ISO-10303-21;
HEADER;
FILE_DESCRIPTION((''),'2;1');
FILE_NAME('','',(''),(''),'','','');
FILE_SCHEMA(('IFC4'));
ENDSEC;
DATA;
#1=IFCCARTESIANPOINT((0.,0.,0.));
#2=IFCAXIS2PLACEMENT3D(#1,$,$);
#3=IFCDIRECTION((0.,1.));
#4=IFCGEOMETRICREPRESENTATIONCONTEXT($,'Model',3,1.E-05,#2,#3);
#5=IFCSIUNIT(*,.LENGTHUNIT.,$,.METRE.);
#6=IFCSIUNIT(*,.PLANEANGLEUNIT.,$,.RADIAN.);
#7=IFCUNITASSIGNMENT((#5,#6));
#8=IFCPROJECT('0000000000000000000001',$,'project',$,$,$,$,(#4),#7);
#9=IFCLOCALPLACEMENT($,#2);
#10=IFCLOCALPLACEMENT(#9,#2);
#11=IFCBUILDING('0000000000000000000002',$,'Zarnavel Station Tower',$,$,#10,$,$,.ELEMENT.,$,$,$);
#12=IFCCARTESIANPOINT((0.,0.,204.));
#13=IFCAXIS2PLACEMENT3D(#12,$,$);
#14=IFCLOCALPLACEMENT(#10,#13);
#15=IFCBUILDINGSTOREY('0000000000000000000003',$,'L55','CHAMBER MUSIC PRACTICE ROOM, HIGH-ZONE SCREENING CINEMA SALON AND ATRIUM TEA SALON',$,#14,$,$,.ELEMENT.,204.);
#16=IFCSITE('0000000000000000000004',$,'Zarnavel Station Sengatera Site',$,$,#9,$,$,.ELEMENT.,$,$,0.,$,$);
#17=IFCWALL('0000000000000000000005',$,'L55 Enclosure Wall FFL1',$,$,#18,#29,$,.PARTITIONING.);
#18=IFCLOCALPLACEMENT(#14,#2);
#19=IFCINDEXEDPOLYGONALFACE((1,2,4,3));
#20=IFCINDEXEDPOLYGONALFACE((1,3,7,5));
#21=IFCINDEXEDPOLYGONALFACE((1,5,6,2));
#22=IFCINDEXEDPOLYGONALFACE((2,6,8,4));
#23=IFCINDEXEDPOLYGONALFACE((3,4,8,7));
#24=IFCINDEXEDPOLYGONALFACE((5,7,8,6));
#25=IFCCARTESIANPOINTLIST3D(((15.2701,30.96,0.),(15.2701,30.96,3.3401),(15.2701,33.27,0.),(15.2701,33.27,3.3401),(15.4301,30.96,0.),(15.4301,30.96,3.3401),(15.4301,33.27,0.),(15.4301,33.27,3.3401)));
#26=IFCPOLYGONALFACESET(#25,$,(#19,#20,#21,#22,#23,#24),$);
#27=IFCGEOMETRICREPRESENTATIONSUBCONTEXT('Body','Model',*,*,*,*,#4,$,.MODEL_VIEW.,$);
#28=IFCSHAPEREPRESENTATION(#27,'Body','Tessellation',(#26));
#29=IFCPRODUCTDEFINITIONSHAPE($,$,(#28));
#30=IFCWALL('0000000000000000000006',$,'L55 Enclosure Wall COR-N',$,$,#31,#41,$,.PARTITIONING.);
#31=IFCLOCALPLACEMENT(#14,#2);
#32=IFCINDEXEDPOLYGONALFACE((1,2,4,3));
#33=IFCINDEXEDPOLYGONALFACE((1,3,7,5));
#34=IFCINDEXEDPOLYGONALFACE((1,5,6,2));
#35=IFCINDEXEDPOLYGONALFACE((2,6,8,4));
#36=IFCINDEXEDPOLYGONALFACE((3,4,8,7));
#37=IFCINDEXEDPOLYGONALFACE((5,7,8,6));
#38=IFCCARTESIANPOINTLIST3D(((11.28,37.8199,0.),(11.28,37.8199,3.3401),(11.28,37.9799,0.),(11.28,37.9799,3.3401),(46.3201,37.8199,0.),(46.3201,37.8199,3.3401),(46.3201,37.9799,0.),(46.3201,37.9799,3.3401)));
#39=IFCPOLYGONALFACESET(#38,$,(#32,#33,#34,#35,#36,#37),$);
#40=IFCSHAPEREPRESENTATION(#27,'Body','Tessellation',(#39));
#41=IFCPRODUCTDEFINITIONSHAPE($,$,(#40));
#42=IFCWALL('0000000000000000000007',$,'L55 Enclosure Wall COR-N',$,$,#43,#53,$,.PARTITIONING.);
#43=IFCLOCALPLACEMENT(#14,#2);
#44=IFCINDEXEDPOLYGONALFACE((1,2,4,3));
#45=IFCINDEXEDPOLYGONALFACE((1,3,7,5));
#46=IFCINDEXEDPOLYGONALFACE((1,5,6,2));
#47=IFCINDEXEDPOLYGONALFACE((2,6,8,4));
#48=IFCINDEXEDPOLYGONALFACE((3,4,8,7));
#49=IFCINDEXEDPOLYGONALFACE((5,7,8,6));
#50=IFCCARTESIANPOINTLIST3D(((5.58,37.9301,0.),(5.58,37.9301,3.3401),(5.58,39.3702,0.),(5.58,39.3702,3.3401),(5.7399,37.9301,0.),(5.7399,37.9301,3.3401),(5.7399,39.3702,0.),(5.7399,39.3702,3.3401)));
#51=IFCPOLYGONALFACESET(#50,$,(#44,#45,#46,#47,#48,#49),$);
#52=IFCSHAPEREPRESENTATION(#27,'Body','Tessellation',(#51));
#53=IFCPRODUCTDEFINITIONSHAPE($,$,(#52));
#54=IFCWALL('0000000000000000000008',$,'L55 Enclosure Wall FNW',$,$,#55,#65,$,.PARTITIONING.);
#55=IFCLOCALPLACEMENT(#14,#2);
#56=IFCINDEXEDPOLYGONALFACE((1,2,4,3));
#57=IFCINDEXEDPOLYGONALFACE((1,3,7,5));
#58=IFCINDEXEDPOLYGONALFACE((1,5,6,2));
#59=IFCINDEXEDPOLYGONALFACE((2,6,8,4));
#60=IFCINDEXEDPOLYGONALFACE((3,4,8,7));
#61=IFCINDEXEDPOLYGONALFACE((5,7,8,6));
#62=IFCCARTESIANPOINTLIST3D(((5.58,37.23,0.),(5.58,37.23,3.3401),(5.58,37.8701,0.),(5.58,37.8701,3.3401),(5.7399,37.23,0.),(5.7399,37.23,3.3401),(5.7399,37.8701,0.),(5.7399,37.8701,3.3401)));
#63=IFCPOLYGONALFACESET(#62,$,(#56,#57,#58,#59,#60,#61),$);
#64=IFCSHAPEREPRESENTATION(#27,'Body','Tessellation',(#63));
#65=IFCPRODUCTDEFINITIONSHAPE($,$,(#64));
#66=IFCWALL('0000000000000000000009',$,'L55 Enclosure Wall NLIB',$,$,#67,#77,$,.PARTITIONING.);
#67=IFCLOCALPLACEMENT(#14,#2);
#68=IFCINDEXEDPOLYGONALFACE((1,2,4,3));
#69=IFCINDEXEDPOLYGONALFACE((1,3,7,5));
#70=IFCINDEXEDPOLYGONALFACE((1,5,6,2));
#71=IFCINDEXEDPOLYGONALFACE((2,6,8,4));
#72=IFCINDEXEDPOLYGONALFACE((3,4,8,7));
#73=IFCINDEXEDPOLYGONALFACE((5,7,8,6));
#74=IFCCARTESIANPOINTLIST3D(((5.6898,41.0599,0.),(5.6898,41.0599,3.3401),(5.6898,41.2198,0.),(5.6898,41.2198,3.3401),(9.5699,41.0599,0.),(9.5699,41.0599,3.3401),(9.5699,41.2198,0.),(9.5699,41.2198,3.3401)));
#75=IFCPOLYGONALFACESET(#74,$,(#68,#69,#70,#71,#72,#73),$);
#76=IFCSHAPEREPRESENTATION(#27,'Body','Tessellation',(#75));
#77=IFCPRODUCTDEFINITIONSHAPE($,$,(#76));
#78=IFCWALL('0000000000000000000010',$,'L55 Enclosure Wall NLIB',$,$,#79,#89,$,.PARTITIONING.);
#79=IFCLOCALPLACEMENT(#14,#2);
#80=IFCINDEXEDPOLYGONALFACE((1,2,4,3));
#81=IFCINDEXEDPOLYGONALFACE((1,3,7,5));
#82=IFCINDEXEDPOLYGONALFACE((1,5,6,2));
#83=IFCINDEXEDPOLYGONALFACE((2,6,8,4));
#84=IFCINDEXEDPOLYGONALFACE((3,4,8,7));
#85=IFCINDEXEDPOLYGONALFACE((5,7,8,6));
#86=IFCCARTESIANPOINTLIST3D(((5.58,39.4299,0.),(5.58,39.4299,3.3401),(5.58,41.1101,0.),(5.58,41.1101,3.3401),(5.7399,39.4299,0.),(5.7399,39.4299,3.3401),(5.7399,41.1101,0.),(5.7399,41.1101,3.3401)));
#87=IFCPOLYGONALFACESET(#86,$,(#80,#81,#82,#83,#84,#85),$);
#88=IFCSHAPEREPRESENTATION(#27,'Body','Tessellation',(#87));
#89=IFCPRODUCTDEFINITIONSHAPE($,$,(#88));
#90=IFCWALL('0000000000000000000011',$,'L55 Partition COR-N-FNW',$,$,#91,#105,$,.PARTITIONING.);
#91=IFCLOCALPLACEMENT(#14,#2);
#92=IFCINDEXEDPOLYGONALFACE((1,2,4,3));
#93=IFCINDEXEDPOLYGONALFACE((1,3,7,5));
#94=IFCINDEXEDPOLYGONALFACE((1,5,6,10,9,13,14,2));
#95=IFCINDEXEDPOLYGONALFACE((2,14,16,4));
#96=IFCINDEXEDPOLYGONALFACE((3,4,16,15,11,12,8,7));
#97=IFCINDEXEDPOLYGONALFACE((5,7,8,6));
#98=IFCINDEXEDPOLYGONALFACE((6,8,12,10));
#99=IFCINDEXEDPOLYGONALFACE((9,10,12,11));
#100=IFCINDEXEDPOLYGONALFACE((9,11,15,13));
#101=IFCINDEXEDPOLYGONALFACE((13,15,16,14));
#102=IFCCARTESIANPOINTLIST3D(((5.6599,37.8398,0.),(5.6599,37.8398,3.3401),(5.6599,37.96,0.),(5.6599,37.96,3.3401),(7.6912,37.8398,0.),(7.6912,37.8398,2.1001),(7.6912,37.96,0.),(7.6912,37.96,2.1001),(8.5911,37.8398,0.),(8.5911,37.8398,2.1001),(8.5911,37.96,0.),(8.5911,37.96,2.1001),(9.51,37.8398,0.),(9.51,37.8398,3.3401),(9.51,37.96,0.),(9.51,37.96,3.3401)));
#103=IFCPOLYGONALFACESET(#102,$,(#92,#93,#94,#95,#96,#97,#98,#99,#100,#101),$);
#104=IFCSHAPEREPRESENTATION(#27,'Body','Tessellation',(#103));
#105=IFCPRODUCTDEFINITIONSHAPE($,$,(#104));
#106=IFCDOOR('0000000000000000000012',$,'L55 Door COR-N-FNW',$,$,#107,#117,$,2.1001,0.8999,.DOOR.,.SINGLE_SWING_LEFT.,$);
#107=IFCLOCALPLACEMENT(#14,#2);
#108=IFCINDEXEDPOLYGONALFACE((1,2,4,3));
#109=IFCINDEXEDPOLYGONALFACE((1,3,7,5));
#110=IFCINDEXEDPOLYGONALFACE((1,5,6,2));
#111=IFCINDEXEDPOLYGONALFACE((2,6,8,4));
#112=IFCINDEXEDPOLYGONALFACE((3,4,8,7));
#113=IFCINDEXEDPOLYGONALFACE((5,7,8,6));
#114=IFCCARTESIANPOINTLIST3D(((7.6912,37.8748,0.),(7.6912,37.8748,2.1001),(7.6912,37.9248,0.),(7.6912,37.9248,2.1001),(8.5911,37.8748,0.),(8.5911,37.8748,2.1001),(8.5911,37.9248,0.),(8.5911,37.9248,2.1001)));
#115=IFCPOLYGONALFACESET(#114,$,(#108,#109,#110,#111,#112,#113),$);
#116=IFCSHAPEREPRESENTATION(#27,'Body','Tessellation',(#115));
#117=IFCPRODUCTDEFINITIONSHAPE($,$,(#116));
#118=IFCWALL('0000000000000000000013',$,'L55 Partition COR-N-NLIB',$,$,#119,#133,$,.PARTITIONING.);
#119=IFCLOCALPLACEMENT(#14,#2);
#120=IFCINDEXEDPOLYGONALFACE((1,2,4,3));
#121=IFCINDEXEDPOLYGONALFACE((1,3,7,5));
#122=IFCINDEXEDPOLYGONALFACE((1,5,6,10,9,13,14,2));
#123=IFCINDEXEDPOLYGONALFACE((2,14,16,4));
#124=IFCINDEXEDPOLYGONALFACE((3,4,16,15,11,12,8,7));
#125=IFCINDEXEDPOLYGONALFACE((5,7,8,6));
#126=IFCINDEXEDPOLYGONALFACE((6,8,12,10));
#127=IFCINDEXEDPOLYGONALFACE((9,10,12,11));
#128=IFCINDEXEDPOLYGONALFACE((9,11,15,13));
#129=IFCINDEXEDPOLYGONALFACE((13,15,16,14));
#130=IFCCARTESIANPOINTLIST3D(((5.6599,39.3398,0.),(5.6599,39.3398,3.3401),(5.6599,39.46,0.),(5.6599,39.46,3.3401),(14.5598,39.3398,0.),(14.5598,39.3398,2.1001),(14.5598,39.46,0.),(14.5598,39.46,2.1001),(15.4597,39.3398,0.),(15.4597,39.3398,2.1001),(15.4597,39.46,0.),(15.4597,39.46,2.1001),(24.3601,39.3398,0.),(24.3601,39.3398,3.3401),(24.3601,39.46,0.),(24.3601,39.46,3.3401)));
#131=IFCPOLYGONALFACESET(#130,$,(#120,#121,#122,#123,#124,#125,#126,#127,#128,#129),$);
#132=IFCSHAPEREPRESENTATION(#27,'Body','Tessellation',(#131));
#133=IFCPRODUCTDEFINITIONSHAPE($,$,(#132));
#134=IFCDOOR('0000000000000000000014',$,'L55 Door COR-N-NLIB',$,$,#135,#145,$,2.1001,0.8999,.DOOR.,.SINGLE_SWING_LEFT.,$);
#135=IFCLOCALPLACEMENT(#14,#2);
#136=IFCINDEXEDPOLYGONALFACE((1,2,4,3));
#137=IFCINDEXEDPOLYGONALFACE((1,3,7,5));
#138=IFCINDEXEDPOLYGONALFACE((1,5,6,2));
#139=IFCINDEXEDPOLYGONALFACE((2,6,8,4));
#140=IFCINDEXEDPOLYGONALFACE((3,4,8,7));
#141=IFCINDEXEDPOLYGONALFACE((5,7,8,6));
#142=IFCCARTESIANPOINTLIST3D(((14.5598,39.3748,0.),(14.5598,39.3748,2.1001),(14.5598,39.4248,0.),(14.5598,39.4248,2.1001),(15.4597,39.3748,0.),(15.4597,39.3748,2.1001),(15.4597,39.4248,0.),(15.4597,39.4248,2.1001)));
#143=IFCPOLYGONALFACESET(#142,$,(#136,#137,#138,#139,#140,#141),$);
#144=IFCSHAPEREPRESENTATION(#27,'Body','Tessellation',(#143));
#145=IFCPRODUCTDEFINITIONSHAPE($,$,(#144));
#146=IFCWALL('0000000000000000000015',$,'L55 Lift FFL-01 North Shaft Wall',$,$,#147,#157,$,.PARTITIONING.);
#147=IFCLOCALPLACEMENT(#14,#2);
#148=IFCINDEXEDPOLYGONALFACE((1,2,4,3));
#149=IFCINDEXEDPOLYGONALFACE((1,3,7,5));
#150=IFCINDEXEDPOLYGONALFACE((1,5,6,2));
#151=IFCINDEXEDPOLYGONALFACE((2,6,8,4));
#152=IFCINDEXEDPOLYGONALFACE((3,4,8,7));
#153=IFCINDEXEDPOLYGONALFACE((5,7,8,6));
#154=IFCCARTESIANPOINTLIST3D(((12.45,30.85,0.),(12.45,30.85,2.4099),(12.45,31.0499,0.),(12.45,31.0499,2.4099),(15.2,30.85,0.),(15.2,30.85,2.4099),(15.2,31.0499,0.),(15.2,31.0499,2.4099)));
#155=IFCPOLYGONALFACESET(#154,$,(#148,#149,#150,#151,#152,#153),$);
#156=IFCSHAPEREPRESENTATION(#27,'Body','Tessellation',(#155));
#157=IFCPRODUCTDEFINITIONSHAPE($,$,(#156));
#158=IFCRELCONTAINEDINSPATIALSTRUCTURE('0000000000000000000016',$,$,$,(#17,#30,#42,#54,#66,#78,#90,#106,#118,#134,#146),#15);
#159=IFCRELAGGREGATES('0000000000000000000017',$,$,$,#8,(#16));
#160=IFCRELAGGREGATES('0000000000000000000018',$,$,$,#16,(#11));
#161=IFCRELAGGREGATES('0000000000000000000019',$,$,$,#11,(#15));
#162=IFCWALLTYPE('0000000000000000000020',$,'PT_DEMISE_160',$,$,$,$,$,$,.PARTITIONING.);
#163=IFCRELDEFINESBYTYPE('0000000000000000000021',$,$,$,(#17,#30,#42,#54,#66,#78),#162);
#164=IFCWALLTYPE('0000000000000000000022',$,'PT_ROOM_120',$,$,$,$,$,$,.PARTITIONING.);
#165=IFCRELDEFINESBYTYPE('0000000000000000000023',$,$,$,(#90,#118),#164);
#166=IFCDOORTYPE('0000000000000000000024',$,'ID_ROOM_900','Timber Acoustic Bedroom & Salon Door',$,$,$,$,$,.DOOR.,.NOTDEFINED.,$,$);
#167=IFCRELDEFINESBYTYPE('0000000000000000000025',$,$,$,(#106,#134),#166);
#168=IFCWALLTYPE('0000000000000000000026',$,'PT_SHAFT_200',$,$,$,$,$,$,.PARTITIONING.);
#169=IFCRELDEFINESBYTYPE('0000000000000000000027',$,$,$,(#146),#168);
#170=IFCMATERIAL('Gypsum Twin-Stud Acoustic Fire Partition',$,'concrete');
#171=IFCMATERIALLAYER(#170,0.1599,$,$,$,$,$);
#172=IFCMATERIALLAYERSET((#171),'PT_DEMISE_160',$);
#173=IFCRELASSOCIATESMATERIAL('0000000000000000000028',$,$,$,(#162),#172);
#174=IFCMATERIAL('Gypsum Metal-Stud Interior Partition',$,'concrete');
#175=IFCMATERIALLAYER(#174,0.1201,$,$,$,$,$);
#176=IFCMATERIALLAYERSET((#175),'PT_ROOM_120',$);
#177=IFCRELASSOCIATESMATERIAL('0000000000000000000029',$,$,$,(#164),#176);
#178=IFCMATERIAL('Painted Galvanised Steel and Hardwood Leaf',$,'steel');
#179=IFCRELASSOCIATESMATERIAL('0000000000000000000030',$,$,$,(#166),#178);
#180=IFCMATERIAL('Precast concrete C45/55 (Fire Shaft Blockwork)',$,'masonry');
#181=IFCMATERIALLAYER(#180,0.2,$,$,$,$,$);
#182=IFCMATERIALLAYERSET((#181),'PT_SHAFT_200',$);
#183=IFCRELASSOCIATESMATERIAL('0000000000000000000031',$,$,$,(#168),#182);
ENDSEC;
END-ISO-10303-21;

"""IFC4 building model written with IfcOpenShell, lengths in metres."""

from ifc_helpers import new_model, si_unit, direction, frame, frame_2d, origin, place, context, subcontext, project, spatial, rectangle, extrude, material, layer, layer_set, type_object, element, fill, save


model = new_model("IFC4")

# Units and contexts
model_context = context("Model", 3, precision=1e-05, world=origin(), true_north=direction((0.0, 1.0)))
body_context = subcontext(model_context, "Body", "Model", "MODEL_VIEW")
ifc_project = project(units=[si_unit("LENGTHUNIT", "METRE"), si_unit("PLANEANGLEUNIT", "RADIAN")], contexts=[model_context])

# Site, building, storey
site_placement = place(None, origin())
site = spatial("IfcSite", under=ifc_project, at=site_placement, Name="Zarnavel Station Sengatera Site", CompositionType="ELEMENT", RefElevation=0.0)
building_placement = place(site_placement, origin())
building = spatial("IfcBuilding", under=site, at=building_placement, Name="Zarnavel Station Tower", CompositionType="ELEMENT")
storey_placement = place(building_placement, frame((0.0, 0.0, 204.0)))
storey = spatial("IfcBuildingStorey", under=building, at=storey_placement, Name="L55", Description="CHAMBER MUSIC PRACTICE ROOM, HIGH-ZONE SCREENING CINEMA SALON AND ATRIUM TEA SALON", CompositionType="ELEMENT", Elevation=204.0)

# Walls
ifc_material_1 = material(Name="Gypsum Twin-Stud Acoustic Fire Partition", Category="concrete")
ifc_layer_1 = layer(ifc_material_1, 0.1599)
ifc_layer_set_1 = layer_set([ifc_layer_1], Name="PT_DEMISE_160")
wall_type_1 = type_object("IfcWallType", Name="PT_DEMISE_160", PredefinedType="PARTITIONING", material=ifc_layer_set_1)
wall_1_placement = place(storey_placement, frame((15.3501, 30.96, 0.0), z_axis=(0.0, 0.0, 1.0), x_axis=(0.0, 1.0, 0.0)))
element("IfcWall", 1, at=wall_1_placement, inside=storey, type_object=wall_type_1, Name="L55 Enclosure Wall FFL1", PredefinedType="PARTITIONING", context=body_context, shape_type="SweptSolid", body=[
    extrude(rectangle(XDim=2.3101, YDim=0.1599, at=frame_2d((1.155, 0.0))), origin(), (0.0, 0.0, 1.0), 3.3401),
])
wall_2_placement = place(storey_placement, frame((11.28, 37.8999, 0.0), z_axis=(0.0, 0.0, 1.0), x_axis=(1.0, 0.0, 0.0)))
element("IfcWall", 2, at=wall_2_placement, inside=storey, type_object=wall_type_1, Name="L55 Enclosure Wall COR-N", PredefinedType="PARTITIONING", context=body_context, shape_type="SweptSolid", body=[
    extrude(rectangle(XDim=35.04, YDim=0.1599, at=frame_2d((17.52, 0.0))), origin(), (0.0, 0.0, 1.0), 3.3401),
])
wall_3_placement = place(storey_placement, frame((5.6599, 37.9299, 0.0), z_axis=(0.0, 0.0, 1.0), x_axis=(0.0, 1.0, 0.0)))
element("IfcWall", 3, at=wall_3_placement, inside=storey, type_object=wall_type_1, Name="L55 Enclosure Wall COR-N", PredefinedType="PARTITIONING", context=body_context, shape_type="SweptSolid", body=[
    extrude(rectangle(XDim=1.4402, YDim=0.1599, at=frame_2d((0.7202, 0.0))), origin(), (0.0, 0.0, 1.0), 3.3401),
])
wall_4_placement = place(storey_placement, frame((5.6599, 37.23, 0.0), z_axis=(0.0, 0.0, 1.0), x_axis=(0.0, 1.0, 0.0)))
element("IfcWall", 4, at=wall_4_placement, inside=storey, type_object=wall_type_1, Name="L55 Enclosure Wall FNW", PredefinedType="PARTITIONING", context=body_context, shape_type="SweptSolid", body=[
    extrude(rectangle(XDim=0.6401, YDim=0.1599, at=frame_2d((0.3201, 0.0))), origin(), (0.0, 0.0, 1.0), 3.3401),
])
wall_5_placement = place(storey_placement, frame((5.6899, 41.1399, 0.0), z_axis=(0.0, 0.0, 1.0), x_axis=(1.0, 0.0, 0.0)))
element("IfcWall", 5, at=wall_5_placement, inside=storey, type_object=wall_type_1, Name="L55 Enclosure Wall NLIB", PredefinedType="PARTITIONING", context=body_context, shape_type="SweptSolid", body=[
    extrude(rectangle(XDim=3.8801, YDim=0.1599, at=frame_2d((1.9399, 0.0))), origin(), (0.0, 0.0, 1.0), 3.3401),
])
wall_6_placement = place(storey_placement, frame((5.6599, 39.4299, 0.0), z_axis=(0.0, 0.0, 1.0), x_axis=(0.0, 1.0, 0.0)))
element("IfcWall", 6, at=wall_6_placement, inside=storey, type_object=wall_type_1, Name="L55 Enclosure Wall NLIB", PredefinedType="PARTITIONING", context=body_context, shape_type="SweptSolid", body=[
    extrude(rectangle(XDim=1.6802, YDim=0.1599, at=frame_2d((0.8401, 0.0))), origin(), (0.0, 0.0, 1.0), 3.3401),
])

# Walls, openings, doors
ifc_material_2 = material(Name="Gypsum Metal-Stud Interior Partition", Category="concrete")
ifc_layer_2 = layer(ifc_material_2, 0.1201)
ifc_layer_set_2 = layer_set([ifc_layer_2], Name="PT_ROOM_120")
wall_type_2 = type_object("IfcWallType", Name="PT_ROOM_120", PredefinedType="PARTITIONING", material=ifc_layer_set_2)
wall_7_placement = place(storey_placement, frame((5.6599, 37.8999, 0.0), z_axis=(0.0, 0.0, 1.0), x_axis=(1.0, 0.0, 0.0)))
wall_7 = element("IfcWall", 7, at=wall_7_placement, inside=storey, type_object=wall_type_2, Name="L55 Partition COR-N-FNW", PredefinedType="PARTITIONING", context=body_context, shape_type="SweptSolid", body=[
    extrude(rectangle(XDim=3.8501, YDim=0.1201, at=frame_2d((1.925, 0.0))), origin(), (0.0, 0.0, 1.0), 3.3401),
])
opening_1_placement = place(wall_7_placement, frame((2.0312, 0.0, 0.0)))
opening_1 = element("IfcOpeningElement", 8, at=opening_1_placement, cuts=wall_7, PredefinedType="OPENING", context=body_context, shape_type="SweptSolid", body=[
    extrude(rectangle(XDim=0.8999, YDim=2.1001, at=frame_2d((0.45, 1.05))), frame((0.0, 0.0701, 0.0), z_axis=(0.0, -1.0, 0.0), x_axis=(1.0, 0.0, 0.0)), (0.0, 0.0, 1.0), 0.1401),
])
ifc_material_3 = material(Name="Painted Galvanised Steel and Hardwood Leaf", Category="steel")
door_type = type_object("IfcDoorType", Name="ID_ROOM_900", Description="Timber Acoustic Bedroom & Salon Door", OperationType="NOTDEFINED", PredefinedType="DOOR", material=ifc_material_3)
door_1_placement = place(opening_1_placement, origin())
door_1 = element("IfcDoor", 9, at=door_1_placement, inside=storey, type_object=door_type, Name="L55 Door COR-N-FNW", OperationType="SINGLE_SWING_LEFT", OverallHeight=2.1001, OverallWidth=0.8999, PredefinedType="DOOR", context=body_context, shape_type="SweptSolid", body=[
    extrude(rectangle(XDim=0.8999, YDim=2.1001, at=frame_2d((0.45, 1.05))), frame((0.0, 0.0249, 0.0), z_axis=(0.0, -1.0, 0.0), x_axis=(1.0, 0.0, 0.0)), (0.0, 0.0, 1.0), 0.05),
])
fill(opening_1, door_1)
wall_8_placement = place(storey_placement, frame((5.6599, 39.3999, 0.0), z_axis=(0.0, 0.0, 1.0), x_axis=(1.0, 0.0, 0.0)))
wall_8 = element("IfcWall", 10, at=wall_8_placement, inside=storey, type_object=wall_type_2, Name="L55 Partition COR-N-NLIB", PredefinedType="PARTITIONING", context=body_context, shape_type="SweptSolid", body=[
    extrude(rectangle(XDim=18.7002, YDim=0.1201, at=frame_2d((9.3501, 0.0))), origin(), (0.0, 0.0, 1.0), 3.3401),
])
opening_2_placement = place(wall_8_placement, frame((8.8999, 0.0, 0.0)))
opening_2 = element("IfcOpeningElement", 11, at=opening_2_placement, cuts=wall_8, PredefinedType="OPENING", context=body_context, shape_type="SweptSolid", body=[
    extrude(rectangle(XDim=0.8999, YDim=2.1001, at=frame_2d((0.45, 1.05))), frame((0.0, 0.0701, 0.0), z_axis=(0.0, -1.0, 0.0), x_axis=(1.0, 0.0, 0.0)), (0.0, 0.0, 1.0), 0.1401),
])
door_2_placement = place(opening_2_placement, origin())
door_2 = element("IfcDoor", 12, at=door_2_placement, inside=storey, type_object=door_type, Name="L55 Door COR-N-NLIB", OperationType="SINGLE_SWING_LEFT", OverallHeight=2.1001, OverallWidth=0.8999, PredefinedType="DOOR", context=body_context, shape_type="SweptSolid", body=[
    extrude(rectangle(XDim=0.8999, YDim=2.1001, at=frame_2d((0.45, 1.05))), frame((0.0, 0.0249, 0.0), z_axis=(0.0, -1.0, 0.0), x_axis=(1.0, 0.0, 0.0)), (0.0, 0.0, 1.0), 0.05),
])
fill(opening_2, door_2)

# Wall
ifc_material_4 = material(Name="Precast concrete C45/55 (Fire Shaft Blockwork)", Category="masonry")
ifc_layer_3 = layer(ifc_material_4, 0.2)
ifc_layer_set_3 = layer_set([ifc_layer_3], Name="PT_SHAFT_200")
wall_type_3 = type_object("IfcWallType", Name="PT_SHAFT_200", PredefinedType="PARTITIONING", material=ifc_layer_set_3)
wall_9_placement = place(storey_placement, frame((12.45, 30.95, 0.0), z_axis=(0.0, 0.0, 1.0), x_axis=(1.0, 0.0, 0.0)))
element("IfcWall", 13, at=wall_9_placement, inside=storey, type_object=wall_type_3, Name="L55 Lift FFL-01 North Shaft Wall", PredefinedType="PARTITIONING", context=body_context, shape_type="SweptSolid", body=[
    extrude(rectangle(XDim=2.75, YDim=0.2, at=frame_2d((1.375, 0.0))), origin(), (0.0, 0.0, 1.0), 2.4099),
])

save(model, "model.ifc")
